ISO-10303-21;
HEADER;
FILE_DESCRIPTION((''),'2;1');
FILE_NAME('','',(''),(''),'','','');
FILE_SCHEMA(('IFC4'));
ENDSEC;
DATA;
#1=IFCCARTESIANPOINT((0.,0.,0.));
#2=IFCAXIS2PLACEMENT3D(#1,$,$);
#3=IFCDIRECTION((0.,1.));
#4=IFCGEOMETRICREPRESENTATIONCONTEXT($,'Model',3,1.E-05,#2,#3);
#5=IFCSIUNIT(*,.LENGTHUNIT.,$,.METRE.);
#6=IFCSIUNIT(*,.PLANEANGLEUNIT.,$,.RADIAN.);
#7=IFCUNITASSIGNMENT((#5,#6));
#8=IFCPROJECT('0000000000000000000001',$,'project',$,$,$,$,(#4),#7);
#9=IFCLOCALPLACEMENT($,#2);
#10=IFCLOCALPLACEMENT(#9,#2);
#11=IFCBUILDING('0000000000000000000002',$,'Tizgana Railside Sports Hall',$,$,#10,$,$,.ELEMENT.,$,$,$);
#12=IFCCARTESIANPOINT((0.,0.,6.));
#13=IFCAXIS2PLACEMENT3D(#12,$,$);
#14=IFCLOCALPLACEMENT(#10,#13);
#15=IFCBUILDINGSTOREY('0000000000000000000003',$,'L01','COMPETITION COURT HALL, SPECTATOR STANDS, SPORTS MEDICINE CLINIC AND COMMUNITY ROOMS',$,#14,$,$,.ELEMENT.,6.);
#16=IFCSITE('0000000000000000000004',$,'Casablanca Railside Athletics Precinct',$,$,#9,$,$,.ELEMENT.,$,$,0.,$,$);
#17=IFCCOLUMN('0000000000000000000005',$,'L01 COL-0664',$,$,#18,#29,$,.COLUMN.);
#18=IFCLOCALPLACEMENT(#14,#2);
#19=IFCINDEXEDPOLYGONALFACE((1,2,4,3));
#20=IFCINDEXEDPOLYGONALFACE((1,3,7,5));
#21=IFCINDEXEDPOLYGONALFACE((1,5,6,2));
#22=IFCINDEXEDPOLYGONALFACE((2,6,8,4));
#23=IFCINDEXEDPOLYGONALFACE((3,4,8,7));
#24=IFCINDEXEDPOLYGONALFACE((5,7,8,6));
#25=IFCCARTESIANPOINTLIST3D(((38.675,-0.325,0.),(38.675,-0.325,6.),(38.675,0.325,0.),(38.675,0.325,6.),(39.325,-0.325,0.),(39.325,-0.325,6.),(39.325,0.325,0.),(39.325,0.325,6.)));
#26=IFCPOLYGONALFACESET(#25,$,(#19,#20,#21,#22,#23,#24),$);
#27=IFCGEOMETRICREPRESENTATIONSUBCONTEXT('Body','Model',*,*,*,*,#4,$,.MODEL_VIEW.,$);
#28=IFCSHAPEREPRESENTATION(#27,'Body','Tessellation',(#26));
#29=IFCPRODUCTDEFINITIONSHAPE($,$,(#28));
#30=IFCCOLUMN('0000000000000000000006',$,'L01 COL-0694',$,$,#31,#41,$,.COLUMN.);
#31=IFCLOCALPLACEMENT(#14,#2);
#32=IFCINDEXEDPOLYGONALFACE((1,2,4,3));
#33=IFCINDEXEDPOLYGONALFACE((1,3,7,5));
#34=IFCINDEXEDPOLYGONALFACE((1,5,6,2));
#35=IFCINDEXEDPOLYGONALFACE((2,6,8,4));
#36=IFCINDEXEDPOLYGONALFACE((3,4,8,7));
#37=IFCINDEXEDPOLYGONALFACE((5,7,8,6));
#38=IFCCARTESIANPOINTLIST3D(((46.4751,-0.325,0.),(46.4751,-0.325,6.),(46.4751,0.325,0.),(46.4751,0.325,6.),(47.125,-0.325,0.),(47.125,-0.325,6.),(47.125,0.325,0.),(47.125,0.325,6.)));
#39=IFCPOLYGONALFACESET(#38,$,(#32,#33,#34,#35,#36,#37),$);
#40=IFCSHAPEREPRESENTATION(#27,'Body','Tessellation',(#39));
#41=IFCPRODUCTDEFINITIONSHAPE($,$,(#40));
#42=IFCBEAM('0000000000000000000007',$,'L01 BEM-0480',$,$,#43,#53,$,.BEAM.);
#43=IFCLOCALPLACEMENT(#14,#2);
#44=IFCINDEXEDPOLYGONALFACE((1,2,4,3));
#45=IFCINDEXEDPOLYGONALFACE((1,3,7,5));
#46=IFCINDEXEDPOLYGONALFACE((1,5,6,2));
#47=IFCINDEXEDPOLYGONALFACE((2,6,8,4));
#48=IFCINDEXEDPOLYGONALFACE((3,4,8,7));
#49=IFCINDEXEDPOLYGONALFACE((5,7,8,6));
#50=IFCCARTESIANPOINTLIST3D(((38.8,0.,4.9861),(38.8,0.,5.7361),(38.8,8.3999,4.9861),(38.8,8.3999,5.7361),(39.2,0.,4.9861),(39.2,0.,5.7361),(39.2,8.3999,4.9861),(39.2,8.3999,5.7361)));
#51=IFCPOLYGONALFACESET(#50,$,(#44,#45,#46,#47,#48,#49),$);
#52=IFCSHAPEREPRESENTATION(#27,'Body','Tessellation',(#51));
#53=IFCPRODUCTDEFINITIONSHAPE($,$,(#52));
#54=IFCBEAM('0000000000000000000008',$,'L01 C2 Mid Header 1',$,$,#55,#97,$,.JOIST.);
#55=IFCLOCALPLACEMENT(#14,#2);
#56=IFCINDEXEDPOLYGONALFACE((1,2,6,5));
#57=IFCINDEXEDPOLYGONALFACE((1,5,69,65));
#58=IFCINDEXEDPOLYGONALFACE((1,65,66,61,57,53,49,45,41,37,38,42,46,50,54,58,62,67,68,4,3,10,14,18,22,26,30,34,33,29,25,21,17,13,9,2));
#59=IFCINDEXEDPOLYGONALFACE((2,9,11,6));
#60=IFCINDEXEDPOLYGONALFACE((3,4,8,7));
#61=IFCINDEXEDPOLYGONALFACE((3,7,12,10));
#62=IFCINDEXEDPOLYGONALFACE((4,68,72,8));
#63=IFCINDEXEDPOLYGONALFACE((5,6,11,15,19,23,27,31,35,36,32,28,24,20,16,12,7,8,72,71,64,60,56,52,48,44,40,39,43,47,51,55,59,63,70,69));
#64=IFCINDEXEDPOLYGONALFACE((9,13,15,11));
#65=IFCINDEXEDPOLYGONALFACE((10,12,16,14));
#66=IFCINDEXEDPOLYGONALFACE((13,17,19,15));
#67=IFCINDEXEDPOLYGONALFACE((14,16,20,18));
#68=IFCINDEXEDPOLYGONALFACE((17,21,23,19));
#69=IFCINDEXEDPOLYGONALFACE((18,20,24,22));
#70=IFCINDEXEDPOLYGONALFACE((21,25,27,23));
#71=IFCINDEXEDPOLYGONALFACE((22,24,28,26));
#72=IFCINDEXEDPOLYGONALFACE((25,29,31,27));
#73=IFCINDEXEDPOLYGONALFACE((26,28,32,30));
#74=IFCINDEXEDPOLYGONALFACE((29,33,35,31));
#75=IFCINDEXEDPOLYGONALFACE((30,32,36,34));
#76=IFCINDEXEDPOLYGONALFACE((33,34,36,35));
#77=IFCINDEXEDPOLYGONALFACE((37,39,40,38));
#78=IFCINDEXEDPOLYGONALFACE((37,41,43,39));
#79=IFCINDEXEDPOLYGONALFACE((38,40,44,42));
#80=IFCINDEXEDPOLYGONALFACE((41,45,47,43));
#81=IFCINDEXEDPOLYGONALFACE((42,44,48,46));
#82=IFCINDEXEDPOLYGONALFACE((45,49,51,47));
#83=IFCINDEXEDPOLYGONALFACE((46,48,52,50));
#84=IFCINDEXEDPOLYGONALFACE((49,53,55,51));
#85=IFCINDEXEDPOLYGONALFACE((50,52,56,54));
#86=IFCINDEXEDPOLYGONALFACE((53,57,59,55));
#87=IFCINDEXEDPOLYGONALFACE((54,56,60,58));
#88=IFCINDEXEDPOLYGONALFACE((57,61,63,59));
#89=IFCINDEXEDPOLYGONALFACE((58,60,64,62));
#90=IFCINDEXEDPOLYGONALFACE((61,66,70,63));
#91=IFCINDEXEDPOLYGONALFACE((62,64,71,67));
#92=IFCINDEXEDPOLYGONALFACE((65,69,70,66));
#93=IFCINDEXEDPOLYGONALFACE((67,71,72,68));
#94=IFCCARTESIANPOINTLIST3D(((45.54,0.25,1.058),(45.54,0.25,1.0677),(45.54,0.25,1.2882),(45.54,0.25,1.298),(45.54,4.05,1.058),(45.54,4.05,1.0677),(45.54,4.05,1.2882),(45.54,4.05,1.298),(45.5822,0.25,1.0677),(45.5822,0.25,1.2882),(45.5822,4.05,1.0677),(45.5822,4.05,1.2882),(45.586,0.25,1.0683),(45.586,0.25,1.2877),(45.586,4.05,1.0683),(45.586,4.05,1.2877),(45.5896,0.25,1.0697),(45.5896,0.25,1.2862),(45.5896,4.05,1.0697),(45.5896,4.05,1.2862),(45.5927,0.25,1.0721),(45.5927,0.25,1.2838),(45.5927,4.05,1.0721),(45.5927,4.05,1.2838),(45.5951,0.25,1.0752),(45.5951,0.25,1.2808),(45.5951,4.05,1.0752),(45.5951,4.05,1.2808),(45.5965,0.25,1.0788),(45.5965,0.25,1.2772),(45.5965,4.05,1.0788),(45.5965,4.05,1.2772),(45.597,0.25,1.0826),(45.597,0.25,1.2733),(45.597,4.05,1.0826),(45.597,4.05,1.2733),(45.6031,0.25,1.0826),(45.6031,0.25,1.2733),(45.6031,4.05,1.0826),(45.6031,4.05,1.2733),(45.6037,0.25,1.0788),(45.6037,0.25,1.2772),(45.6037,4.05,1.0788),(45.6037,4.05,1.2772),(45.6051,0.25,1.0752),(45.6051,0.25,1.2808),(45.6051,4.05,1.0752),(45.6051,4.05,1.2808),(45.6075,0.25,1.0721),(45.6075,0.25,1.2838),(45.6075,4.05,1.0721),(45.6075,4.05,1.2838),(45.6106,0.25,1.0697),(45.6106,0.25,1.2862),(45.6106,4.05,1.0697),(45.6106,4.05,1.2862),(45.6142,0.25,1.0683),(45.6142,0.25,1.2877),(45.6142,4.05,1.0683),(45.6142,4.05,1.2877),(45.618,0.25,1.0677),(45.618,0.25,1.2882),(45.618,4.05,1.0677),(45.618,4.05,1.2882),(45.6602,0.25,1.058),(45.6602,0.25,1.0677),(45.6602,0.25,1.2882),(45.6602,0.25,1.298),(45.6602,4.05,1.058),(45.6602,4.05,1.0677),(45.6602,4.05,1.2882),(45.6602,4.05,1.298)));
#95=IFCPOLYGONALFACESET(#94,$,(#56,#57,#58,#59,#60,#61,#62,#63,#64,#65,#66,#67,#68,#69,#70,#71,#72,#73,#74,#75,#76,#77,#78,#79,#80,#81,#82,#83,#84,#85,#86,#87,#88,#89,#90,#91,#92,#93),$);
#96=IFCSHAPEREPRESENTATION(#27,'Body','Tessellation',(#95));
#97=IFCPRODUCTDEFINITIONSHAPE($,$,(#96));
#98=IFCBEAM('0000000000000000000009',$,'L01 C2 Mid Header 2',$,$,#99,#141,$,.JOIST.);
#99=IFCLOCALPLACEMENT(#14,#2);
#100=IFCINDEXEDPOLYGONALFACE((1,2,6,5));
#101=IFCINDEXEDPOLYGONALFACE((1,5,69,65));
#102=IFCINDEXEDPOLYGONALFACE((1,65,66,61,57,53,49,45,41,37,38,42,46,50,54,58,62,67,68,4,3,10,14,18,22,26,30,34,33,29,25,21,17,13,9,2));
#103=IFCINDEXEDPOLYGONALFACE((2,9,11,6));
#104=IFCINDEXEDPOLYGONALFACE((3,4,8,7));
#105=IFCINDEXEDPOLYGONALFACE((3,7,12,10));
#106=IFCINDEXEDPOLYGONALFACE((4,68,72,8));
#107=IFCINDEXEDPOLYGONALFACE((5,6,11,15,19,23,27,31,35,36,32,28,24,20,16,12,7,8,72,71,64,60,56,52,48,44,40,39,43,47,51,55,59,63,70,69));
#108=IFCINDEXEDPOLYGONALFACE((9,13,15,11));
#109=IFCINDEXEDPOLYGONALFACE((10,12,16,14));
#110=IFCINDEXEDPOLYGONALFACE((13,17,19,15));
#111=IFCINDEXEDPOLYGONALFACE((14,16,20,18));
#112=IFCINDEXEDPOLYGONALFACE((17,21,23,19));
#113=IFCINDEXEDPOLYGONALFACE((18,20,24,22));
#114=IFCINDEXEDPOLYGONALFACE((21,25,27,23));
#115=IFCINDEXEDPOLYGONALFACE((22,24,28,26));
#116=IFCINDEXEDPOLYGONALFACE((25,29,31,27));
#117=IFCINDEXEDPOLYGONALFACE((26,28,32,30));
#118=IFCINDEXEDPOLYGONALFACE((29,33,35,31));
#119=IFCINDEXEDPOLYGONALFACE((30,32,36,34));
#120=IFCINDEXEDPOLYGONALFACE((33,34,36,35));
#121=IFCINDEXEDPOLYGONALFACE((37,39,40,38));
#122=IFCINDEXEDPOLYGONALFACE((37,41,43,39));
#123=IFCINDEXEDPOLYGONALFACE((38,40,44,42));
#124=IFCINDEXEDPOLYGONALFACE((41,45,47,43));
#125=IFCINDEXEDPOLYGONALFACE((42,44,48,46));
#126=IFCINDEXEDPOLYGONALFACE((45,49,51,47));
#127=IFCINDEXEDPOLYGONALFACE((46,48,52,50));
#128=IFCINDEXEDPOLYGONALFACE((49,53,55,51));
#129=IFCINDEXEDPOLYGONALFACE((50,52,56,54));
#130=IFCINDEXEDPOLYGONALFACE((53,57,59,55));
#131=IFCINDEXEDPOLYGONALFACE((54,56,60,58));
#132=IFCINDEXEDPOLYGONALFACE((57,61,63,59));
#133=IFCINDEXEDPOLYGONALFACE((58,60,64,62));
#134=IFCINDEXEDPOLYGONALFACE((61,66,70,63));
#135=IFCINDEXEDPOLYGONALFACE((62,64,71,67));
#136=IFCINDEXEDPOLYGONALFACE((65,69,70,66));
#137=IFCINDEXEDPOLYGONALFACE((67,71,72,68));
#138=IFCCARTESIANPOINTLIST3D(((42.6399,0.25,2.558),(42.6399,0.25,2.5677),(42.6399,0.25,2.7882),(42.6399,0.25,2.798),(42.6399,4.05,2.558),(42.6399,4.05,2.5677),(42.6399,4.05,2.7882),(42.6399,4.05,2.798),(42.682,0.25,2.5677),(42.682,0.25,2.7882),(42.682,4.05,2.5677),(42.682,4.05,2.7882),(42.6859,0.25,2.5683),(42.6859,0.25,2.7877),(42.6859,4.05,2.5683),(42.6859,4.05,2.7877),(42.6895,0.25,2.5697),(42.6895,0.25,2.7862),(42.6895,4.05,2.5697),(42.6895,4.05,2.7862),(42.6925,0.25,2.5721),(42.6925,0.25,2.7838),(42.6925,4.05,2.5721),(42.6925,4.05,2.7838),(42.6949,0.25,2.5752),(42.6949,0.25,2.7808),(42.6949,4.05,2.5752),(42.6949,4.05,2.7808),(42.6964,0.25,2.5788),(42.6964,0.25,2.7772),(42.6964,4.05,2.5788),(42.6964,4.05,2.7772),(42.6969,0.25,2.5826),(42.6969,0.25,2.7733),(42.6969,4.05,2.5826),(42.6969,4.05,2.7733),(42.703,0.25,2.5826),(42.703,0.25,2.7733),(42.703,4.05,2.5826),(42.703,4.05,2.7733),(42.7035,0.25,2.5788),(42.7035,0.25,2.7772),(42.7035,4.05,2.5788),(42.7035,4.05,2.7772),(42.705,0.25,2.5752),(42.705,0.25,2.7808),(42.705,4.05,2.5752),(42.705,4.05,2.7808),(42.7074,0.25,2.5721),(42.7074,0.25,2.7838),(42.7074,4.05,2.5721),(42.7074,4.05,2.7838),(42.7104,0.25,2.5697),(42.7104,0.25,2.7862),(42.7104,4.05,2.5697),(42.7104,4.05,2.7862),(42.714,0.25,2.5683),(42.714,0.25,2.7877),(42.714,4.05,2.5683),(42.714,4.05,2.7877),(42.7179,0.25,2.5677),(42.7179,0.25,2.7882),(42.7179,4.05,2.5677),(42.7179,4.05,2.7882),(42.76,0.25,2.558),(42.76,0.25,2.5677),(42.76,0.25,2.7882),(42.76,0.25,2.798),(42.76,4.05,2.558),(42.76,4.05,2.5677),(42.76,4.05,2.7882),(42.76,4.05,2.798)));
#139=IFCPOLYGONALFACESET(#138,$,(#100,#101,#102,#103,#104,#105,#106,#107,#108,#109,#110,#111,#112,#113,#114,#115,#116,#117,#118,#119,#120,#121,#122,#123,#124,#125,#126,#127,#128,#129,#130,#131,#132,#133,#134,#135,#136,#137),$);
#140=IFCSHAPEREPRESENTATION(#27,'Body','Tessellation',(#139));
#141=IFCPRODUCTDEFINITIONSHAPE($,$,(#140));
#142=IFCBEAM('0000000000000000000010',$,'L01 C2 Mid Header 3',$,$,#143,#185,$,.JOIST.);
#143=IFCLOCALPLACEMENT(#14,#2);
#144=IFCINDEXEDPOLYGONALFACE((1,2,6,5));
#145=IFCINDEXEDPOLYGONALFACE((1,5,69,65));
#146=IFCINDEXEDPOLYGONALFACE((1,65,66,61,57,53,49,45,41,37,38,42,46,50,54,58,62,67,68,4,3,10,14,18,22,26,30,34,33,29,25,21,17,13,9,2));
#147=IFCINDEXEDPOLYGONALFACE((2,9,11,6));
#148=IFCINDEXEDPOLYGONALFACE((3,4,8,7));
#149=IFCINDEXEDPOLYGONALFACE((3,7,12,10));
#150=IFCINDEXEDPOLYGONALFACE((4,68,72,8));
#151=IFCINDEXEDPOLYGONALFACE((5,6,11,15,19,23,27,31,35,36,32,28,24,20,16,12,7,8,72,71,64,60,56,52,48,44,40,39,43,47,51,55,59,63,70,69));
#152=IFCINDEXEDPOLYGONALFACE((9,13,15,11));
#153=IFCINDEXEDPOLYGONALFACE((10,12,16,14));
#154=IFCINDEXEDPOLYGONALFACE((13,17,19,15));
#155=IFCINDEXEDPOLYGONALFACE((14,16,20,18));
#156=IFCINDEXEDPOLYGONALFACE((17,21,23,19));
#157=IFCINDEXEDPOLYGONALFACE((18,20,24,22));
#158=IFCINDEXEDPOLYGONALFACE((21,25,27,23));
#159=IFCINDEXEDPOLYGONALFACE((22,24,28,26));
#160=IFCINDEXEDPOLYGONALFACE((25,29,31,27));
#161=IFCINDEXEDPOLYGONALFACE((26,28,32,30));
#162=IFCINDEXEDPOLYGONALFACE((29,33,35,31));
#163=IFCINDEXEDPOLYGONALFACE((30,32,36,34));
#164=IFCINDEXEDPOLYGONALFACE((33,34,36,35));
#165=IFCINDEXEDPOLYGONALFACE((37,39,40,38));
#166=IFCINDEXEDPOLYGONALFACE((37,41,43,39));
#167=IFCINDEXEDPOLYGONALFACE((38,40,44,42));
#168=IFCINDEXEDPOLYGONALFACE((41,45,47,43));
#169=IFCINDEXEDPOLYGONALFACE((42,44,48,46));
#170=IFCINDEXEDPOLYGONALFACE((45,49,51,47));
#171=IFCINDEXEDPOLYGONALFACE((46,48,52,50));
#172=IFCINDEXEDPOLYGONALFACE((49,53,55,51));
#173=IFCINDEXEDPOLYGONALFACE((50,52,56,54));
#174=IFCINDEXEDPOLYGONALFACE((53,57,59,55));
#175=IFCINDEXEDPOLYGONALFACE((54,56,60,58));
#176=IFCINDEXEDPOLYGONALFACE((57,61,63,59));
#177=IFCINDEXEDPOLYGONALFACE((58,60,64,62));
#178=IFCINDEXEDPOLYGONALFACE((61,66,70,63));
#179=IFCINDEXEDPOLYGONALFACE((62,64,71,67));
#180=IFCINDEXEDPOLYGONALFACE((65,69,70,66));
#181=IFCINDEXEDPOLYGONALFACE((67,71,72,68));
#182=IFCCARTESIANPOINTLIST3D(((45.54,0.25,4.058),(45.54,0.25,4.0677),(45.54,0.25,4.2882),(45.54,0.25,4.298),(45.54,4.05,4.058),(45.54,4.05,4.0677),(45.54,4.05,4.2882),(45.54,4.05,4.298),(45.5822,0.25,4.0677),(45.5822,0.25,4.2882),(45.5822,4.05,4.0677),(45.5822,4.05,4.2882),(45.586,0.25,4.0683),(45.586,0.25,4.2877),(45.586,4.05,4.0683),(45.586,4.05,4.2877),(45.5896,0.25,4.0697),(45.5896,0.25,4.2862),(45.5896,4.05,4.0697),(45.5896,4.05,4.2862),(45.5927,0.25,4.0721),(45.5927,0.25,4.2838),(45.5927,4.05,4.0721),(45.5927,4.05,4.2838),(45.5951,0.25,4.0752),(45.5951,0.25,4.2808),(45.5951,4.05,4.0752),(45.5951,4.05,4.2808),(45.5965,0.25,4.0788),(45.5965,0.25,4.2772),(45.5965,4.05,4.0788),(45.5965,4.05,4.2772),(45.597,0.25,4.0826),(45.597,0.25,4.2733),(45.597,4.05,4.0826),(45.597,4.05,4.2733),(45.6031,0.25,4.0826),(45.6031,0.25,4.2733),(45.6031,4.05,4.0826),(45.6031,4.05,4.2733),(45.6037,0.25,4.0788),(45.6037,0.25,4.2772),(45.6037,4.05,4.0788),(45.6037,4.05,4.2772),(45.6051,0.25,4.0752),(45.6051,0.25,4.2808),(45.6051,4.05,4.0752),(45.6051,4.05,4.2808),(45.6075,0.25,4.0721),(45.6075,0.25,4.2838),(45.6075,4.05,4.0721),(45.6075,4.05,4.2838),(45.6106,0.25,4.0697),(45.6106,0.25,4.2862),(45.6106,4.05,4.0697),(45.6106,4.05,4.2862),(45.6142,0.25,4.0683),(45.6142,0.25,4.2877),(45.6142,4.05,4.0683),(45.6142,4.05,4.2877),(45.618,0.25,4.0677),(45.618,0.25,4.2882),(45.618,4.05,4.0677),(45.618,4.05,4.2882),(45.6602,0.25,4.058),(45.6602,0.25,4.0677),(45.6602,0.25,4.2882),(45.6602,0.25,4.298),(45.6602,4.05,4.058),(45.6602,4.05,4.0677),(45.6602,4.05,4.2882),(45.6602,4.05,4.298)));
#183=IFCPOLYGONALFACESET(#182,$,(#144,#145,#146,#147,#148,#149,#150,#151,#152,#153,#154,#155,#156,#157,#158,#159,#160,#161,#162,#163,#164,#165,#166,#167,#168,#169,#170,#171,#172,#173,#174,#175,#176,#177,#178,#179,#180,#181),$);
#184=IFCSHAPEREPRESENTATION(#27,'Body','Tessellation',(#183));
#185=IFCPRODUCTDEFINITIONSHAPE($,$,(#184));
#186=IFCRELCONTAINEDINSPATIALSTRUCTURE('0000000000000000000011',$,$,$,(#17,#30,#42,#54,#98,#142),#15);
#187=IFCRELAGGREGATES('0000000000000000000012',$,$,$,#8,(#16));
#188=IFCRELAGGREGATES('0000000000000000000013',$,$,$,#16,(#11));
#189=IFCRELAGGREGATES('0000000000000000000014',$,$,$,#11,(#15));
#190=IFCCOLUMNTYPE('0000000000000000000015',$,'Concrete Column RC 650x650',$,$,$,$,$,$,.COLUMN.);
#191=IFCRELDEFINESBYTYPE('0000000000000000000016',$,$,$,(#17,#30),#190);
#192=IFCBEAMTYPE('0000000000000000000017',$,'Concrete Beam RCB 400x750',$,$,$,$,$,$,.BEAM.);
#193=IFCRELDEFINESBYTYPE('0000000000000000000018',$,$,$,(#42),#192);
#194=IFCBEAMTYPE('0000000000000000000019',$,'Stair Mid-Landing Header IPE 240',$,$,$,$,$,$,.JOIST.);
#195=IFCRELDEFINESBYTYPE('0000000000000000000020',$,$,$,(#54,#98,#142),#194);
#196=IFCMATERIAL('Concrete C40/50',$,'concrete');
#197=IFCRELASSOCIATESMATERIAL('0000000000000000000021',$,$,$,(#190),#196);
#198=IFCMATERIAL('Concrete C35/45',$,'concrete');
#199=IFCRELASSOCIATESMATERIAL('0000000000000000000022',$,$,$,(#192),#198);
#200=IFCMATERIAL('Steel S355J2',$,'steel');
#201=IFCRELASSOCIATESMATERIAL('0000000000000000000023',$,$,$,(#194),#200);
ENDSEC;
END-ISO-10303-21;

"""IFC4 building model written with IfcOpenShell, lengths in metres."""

from ifc_helpers import new_model, si_unit, direction, frame, origin, origin_2d, place, context, subcontext, project, spatial, rectangle, i_section, extrude, material, material_profile, profile_set, type_object, element, save


model = new_model("IFC4")

# Units and contexts
model_context = context("Model", 3, precision=1e-05, world=origin(), true_north=direction((0.0, 1.0)))
body_context = subcontext(model_context, "Body", "Model", "MODEL_VIEW")
ifc_project = project(units=[si_unit("LENGTHUNIT", "METRE"), si_unit("PLANEANGLEUNIT", "RADIAN")], contexts=[model_context])

# Site, building, storey
site_placement = place(None, origin())
site = spatial("IfcSite", under=ifc_project, at=site_placement, Name="Casablanca Railside Athletics Precinct", CompositionType="ELEMENT", RefElevation=0.0)
building_placement = place(site_placement, origin())
building = spatial("IfcBuilding", under=site, at=building_placement, Name="Tizgana Railside Sports Hall", CompositionType="ELEMENT")
storey_placement = place(building_placement, frame((0.0, 0.0, 6.0)))
storey = spatial("IfcBuildingStorey", under=building, at=storey_placement, Name="L01", Description="COMPETITION COURT HALL, SPECTATOR STANDS, SPORTS MEDICINE CLINIC AND COMMUNITY ROOMS", CompositionType="ELEMENT", Elevation=6.0)

# Columns
ifc_material_1 = material(Name="Concrete C40/50", Category="concrete")
ifc_material_profile_1 = material_profile(ifc_material_1, rectangle(XDim=0.6499, YDim=0.6499, at=origin_2d()), Name="RC 650x650")
ifc_profile_set_1 = profile_set([ifc_material_profile_1], Name="Concrete C40/50")
column_type = type_object("IfcColumnType", Name="Concrete Column RC 650x650", PredefinedType="COLUMN", material=ifc_profile_set_1)
for number, where, z_axis, x_axis, name in (
    (1, (39.0, 0.0, 0.0), (0.0, 0.0, 1.0), (1.0, 0.0, 0.0), "L01 COL-0664"),
    (2, (46.8, 0.0, 0.0), (0.0, 0.0, 1.0), (1.0, 0.0, 0.0), "L01 COL-0694"),
):
    element("IfcColumn", number, at=place(storey_placement, frame(where, z_axis=z_axis, x_axis=x_axis)), inside=storey, type_object=column_type, Name=name, PredefinedType="COLUMN", context=body_context, shape_type="SweptSolid", body=[
        extrude(rectangle(XDim=0.6499, YDim=0.6499, at=origin_2d()), origin(), (0.0, 0.0, 1.0), 6.0),
    ])

# Beams
ifc_material_2 = material(Name="Concrete C35/45", Category="concrete")
ifc_material_profile_2 = material_profile(ifc_material_2, rectangle(XDim=0.3999, YDim=0.75, at=origin_2d()), Name="RCB 400x750")
ifc_profile_set_2 = profile_set([ifc_material_profile_2], Name="Concrete C35/45")
beam_type_1 = type_object("IfcBeamType", Name="Concrete Beam RCB 400x750", PredefinedType="BEAM", material=ifc_profile_set_2)
beam_1_placement = place(storey_placement, frame((39.0, 0.0, 5.3611), z_axis=(0.0, 1.0, 0.0), x_axis=(-1.0, 0.0, 0.0)))
element("IfcBeam", 3, at=beam_1_placement, inside=storey, type_object=beam_type_1, Name="L01 BEM-0480", PredefinedType="BEAM", context=body_context, shape_type="SweptSolid", body=[
    extrude(rectangle(XDim=0.3999, YDim=0.75, at=origin_2d()), origin(), (0.0, 0.0, 1.0), 8.3999),
])
ifc_material_3 = material(Name="Steel S355J2", Category="steel")
ifc_material_profile_3 = material_profile(ifc_material_3, i_section(OverallWidth=0.1201, OverallDepth=0.24, WebThickness=0.0061, FlangeThickness=0.0098, FilletRadius=0.0149, at=origin_2d()), Name="IPE 240")
ifc_profile_set_3 = profile_set([ifc_material_profile_3], Name="Steel S355J2")
beam_type_2 = type_object("IfcBeamType", Name="Stair Mid-Landing Header IPE 240", PredefinedType="JOIST", material=ifc_profile_set_3)
for number, where, z_axis, x_axis, name in (
    (4, (45.6001, 0.25, 1.178), (0.0, 1.0, 0.0), (-1.0, 0.0, 0.0), "L01 C2 Mid Header 1"),
    (5, (42.7, 0.25, 2.678), (0.0, 1.0, 0.0), (-1.0, 0.0, 0.0), "L01 C2 Mid Header 2"),
    (6, (45.6001, 0.25, 4.178), (0.0, 1.0, 0.0), (-1.0, 0.0, 0.0), "L01 C2 Mid Header 3"),
):
    element("IfcBeam", number, at=place(storey_placement, frame(where, z_axis=z_axis, x_axis=x_axis)), inside=storey, type_object=beam_type_2, Name=name, PredefinedType="JOIST", context=body_context, shape_type="SweptSolid", body=[
        extrude(i_section(OverallWidth=0.1201, OverallDepth=0.24, WebThickness=0.0061, FlangeThickness=0.0098, FilletRadius=0.0149, at=origin_2d()), origin(), (0.0, 0.0, 1.0), 3.8),
    ])

save(model, "model.ifc")
